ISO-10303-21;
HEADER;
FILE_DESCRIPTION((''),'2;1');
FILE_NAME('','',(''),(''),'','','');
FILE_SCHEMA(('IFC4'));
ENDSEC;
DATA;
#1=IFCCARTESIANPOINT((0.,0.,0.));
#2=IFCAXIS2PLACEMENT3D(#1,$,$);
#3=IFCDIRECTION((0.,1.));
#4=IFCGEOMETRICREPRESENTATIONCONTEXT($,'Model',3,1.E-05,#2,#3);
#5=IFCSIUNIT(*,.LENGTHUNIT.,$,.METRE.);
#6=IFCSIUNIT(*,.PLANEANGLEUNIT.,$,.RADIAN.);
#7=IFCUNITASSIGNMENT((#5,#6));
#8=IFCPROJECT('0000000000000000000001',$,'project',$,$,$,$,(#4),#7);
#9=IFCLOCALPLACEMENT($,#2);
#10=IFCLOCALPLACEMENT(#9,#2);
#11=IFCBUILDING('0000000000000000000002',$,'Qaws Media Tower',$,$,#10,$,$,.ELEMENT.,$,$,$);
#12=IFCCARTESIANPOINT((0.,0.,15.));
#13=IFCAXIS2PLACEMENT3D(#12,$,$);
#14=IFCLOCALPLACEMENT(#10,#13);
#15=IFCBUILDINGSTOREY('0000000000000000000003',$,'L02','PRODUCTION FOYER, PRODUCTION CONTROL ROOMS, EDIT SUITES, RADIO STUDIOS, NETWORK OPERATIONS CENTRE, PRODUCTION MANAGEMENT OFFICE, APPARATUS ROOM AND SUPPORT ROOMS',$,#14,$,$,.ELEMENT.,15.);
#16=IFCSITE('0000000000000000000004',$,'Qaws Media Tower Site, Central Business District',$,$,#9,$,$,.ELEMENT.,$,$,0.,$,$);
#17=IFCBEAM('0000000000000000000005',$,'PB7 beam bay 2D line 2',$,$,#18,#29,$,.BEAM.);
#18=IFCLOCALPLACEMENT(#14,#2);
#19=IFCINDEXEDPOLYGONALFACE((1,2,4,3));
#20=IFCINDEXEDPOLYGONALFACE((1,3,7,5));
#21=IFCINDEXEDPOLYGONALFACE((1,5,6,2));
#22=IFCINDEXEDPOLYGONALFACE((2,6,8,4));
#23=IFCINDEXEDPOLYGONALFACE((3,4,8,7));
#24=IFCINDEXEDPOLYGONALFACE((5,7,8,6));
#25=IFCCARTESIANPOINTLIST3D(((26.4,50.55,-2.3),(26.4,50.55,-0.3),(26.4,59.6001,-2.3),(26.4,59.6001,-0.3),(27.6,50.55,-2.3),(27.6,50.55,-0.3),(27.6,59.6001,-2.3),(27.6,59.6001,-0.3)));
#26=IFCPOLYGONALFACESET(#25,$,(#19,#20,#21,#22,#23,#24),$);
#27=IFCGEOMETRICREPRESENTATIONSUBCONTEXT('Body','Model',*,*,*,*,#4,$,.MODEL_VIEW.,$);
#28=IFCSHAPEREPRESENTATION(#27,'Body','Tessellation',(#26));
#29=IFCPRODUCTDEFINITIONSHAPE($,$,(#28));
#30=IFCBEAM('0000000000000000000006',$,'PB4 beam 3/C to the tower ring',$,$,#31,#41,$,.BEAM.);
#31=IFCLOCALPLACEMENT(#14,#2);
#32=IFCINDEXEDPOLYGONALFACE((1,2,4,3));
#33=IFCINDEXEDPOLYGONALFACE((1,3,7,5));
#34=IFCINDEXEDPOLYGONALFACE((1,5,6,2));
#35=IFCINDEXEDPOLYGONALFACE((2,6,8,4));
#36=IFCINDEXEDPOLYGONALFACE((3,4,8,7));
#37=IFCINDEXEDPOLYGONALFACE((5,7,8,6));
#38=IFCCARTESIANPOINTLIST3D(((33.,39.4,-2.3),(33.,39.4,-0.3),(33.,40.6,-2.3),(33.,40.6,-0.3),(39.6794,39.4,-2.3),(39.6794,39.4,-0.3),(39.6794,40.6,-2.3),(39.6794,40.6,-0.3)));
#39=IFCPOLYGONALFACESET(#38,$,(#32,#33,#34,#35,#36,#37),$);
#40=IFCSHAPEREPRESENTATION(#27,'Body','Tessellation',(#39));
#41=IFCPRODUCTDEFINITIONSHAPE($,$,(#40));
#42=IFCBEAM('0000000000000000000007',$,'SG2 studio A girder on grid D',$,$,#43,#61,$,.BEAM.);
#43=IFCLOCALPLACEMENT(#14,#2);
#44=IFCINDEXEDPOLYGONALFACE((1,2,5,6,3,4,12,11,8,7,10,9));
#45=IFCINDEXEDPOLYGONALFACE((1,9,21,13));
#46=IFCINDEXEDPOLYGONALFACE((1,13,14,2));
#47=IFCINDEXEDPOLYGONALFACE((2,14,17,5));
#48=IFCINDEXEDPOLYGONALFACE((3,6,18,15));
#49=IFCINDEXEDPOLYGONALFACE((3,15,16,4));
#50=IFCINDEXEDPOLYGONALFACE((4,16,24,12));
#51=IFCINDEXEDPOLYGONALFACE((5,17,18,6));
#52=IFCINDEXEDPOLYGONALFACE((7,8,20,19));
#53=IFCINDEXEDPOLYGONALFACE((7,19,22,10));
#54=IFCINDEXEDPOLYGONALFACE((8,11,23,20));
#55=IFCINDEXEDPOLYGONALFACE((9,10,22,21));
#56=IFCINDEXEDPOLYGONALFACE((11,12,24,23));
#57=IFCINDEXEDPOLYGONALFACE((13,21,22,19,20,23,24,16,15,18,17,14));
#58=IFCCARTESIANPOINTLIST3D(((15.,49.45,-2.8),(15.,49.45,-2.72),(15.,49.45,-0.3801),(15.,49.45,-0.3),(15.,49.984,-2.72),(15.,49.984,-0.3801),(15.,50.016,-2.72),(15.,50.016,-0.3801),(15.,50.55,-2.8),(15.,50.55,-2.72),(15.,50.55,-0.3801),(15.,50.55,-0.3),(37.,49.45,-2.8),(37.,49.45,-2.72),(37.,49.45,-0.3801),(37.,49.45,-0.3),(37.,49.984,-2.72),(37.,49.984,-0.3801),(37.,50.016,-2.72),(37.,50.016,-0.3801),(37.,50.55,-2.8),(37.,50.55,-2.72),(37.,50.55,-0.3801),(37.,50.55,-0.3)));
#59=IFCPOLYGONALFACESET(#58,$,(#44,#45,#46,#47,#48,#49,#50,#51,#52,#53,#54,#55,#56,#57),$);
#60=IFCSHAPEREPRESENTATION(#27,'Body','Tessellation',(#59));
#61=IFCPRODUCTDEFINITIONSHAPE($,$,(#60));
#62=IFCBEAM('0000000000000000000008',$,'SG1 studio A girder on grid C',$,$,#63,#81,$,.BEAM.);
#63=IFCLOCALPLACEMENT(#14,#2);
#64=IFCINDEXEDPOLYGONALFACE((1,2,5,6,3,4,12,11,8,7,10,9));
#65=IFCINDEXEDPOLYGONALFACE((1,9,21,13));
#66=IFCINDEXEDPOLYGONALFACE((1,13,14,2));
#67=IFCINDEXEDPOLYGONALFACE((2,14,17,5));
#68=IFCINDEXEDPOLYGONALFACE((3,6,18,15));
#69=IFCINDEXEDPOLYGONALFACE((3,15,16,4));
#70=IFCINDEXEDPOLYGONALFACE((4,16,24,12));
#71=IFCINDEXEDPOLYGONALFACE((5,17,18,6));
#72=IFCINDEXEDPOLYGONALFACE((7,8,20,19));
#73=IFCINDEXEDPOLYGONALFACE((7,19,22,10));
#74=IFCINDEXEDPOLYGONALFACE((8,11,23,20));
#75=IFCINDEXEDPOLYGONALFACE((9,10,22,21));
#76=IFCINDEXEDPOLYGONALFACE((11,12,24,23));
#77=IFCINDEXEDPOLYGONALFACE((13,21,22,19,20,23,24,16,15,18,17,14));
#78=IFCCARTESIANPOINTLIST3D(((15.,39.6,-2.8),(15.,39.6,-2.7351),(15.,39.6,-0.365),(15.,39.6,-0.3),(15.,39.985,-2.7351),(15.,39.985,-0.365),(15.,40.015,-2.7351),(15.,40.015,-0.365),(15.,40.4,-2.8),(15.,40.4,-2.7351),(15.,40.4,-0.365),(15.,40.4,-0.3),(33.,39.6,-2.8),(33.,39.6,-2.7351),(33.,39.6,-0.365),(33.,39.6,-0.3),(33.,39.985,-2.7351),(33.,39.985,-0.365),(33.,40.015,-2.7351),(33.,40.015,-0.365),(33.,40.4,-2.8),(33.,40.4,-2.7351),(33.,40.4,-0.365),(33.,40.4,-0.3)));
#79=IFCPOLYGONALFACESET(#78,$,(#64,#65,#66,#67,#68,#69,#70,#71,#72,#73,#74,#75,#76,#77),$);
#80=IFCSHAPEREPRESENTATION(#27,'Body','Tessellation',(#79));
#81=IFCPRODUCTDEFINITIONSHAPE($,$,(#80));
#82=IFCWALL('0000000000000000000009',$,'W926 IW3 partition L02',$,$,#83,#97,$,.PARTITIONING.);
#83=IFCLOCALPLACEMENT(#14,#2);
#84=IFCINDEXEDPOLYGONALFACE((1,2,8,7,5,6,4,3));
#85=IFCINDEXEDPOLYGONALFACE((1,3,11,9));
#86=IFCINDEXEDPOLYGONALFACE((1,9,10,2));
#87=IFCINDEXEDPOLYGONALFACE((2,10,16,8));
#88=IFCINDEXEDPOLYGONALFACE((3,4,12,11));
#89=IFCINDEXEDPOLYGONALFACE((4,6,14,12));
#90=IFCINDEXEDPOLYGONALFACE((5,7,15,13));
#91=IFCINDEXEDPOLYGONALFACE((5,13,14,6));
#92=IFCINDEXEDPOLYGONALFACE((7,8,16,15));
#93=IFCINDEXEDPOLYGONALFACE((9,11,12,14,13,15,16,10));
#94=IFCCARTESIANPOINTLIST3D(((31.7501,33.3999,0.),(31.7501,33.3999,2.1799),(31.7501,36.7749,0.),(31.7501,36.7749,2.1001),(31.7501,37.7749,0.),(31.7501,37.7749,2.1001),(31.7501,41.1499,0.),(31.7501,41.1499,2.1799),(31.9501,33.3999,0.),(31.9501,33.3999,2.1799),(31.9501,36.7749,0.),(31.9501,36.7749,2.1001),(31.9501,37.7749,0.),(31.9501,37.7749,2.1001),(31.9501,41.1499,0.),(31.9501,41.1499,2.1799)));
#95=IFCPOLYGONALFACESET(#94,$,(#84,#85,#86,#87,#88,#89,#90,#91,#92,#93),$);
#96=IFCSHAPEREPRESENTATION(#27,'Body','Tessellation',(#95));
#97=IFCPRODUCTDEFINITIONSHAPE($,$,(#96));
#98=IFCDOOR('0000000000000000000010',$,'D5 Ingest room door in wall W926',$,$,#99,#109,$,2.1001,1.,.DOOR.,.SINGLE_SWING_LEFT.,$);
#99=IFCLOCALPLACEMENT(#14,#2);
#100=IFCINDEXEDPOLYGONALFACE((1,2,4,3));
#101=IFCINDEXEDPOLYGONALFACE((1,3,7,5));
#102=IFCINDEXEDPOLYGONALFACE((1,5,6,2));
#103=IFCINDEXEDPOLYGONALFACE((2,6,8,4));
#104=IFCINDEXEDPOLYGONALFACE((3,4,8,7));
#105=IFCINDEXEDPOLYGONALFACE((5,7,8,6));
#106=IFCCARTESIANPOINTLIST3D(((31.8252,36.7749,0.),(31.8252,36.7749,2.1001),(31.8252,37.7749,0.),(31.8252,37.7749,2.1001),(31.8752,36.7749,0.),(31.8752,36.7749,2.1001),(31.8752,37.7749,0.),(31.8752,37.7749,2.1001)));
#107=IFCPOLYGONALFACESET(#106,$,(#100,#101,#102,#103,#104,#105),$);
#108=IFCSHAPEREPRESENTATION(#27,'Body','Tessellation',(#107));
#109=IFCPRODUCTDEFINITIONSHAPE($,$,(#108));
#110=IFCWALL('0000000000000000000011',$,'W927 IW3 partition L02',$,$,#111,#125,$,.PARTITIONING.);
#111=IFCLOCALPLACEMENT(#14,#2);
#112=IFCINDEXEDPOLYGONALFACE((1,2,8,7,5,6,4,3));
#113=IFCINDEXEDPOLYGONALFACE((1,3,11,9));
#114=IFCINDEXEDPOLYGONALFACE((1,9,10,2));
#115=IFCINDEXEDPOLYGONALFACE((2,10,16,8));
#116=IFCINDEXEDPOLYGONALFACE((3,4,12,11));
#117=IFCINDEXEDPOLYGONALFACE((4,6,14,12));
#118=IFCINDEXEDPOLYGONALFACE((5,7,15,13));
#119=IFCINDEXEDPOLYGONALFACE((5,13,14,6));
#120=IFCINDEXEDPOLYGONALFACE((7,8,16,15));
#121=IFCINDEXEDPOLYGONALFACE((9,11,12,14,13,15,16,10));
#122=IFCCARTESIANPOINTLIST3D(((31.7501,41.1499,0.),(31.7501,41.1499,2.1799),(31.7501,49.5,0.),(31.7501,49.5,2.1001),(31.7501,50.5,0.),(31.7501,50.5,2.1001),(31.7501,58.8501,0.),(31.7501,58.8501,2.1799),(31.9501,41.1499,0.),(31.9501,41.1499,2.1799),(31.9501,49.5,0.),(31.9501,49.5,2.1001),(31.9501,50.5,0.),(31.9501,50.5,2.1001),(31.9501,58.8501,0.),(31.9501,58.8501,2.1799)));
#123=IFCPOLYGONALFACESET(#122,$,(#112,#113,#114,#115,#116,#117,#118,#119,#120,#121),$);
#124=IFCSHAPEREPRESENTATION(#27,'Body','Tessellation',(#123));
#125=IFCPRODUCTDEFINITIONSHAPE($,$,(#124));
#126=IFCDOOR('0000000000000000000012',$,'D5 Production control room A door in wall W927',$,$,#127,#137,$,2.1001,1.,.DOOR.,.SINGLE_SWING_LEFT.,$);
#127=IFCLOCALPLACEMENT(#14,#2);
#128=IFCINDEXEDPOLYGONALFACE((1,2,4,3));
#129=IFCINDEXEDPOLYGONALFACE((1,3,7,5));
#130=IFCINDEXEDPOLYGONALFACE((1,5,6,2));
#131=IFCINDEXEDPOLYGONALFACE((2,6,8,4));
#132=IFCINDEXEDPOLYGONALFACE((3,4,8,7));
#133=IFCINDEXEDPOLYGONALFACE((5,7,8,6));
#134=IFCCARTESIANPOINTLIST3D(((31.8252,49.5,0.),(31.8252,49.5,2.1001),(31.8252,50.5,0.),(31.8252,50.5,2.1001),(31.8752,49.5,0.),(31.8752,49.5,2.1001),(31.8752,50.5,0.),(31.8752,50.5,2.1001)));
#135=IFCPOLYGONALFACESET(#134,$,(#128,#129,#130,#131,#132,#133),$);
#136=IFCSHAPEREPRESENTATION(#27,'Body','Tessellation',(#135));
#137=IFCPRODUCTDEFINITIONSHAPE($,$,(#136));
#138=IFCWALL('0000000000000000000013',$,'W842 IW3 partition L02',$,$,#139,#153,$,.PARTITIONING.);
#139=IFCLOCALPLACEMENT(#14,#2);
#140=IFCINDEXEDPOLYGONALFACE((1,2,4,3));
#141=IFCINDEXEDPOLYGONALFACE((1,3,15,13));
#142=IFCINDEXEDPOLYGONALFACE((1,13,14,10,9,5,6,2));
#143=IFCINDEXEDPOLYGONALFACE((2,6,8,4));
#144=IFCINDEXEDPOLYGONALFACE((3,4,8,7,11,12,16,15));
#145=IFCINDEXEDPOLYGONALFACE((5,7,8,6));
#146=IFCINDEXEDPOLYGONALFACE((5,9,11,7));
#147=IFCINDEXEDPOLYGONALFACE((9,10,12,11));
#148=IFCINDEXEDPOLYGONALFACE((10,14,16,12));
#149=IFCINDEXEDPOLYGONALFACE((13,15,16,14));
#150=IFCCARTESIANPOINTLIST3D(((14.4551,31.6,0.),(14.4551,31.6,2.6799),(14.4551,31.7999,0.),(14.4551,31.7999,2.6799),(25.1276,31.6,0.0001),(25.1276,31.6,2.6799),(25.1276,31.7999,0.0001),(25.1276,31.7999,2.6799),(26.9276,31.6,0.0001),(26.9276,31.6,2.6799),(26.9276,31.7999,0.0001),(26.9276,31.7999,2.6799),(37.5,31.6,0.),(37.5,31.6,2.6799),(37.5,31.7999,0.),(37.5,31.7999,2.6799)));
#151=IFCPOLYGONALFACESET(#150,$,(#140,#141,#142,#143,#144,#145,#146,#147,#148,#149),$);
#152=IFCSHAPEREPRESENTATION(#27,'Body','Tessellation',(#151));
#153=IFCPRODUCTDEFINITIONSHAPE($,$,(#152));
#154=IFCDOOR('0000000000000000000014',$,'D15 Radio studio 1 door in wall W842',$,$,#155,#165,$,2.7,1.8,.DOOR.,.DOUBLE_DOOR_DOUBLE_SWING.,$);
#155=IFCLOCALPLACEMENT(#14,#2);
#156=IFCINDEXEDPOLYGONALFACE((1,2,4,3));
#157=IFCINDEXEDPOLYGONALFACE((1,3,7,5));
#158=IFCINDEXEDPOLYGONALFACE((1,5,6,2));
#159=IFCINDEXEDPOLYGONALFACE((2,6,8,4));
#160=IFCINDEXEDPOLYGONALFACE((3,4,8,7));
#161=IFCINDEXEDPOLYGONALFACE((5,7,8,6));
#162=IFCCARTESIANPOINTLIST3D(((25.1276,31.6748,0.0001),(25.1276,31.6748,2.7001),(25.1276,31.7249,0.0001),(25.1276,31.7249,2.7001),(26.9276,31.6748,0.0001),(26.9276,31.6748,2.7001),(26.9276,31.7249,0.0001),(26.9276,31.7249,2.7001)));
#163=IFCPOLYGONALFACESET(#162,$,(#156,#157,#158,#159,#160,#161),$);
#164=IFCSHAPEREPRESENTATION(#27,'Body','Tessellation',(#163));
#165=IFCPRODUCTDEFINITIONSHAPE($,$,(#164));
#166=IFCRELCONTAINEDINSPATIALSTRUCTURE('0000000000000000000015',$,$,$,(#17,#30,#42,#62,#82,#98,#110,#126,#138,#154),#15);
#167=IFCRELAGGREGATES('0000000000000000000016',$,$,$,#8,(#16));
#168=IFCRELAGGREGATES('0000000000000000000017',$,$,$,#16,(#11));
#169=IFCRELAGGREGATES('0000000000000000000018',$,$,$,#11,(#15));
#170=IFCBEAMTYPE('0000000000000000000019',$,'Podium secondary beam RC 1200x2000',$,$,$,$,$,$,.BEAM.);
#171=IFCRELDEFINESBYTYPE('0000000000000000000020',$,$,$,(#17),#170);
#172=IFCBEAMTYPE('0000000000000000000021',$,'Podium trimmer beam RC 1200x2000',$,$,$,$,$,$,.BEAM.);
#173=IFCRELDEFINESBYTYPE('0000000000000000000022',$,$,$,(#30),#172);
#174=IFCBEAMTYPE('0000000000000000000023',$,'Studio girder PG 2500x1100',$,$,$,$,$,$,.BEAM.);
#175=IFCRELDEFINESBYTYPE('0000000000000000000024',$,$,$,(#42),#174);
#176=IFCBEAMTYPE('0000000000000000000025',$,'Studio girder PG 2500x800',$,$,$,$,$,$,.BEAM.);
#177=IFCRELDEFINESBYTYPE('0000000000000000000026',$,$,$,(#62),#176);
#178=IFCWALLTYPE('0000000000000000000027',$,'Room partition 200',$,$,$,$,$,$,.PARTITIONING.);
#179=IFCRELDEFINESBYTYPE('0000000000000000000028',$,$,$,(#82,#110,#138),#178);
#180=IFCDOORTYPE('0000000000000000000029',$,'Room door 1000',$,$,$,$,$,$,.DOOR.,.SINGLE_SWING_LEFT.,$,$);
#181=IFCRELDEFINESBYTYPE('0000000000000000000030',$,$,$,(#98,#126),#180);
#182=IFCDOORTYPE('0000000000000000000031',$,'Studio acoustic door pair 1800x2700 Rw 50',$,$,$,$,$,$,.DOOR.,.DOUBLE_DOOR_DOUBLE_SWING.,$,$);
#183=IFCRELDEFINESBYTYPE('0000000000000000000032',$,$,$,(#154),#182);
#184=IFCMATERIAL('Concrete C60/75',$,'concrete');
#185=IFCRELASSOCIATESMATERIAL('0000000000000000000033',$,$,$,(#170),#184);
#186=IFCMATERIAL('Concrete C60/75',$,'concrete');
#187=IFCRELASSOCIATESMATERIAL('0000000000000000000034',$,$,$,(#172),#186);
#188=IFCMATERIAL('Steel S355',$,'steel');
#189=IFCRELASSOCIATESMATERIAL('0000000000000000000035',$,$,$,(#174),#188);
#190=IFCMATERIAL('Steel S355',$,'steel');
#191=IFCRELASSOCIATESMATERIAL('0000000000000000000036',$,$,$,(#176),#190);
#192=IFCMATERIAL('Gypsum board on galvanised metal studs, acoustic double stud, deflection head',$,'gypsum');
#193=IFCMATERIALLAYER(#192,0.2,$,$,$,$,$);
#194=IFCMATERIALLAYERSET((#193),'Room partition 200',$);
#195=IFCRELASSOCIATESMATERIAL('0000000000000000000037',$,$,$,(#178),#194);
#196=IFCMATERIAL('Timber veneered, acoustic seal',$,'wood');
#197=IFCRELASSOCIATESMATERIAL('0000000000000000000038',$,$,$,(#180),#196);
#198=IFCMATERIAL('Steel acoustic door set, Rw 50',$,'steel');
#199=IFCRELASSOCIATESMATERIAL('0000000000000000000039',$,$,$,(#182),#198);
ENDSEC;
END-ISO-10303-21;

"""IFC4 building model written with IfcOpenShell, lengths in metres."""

from ifc_helpers import new_model, si_unit, direction, frame, frame_2d, origin, origin_2d, place, context, subcontext, project, spatial, rectangle, i_section, extrude, material, layer, layer_set, material_profile, profile_set, type_object, element, fill, save


model = new_model("IFC4")

# Units and contexts
model_context = context("Model", 3, precision=1e-05, world=origin(), true_north=direction((0.0, 1.0)))
body_context = subcontext(model_context, "Body", "Model", "MODEL_VIEW")
ifc_project = project(units=[si_unit("LENGTHUNIT", "METRE"), si_unit("PLANEANGLEUNIT", "RADIAN")], contexts=[model_context])

# Site, building, storey
site_placement = place(None, origin())
site = spatial("IfcSite", under=ifc_project, at=site_placement, Name="Qaws Media Tower Site, Central Business District", CompositionType="ELEMENT", RefElevation=0.0)
building_placement = place(site_placement, origin())
building = spatial("IfcBuilding", under=site, at=building_placement, Name="Qaws Media Tower", CompositionType="ELEMENT")
storey_placement = place(building_placement, frame((0.0, 0.0, 15.0)))
storey = spatial("IfcBuildingStorey", under=building, at=storey_placement, Name="L02", Description="PRODUCTION FOYER, PRODUCTION CONTROL ROOMS, EDIT SUITES, RADIO STUDIOS, NETWORK OPERATIONS CENTRE, PRODUCTION MANAGEMENT OFFICE, APPARATUS ROOM AND SUPPORT ROOMS", CompositionType="ELEMENT", Elevation=15.0)

# Beams
ifc_material_1 = material(Name="Concrete C60/75", Category="concrete")
ifc_material_profile_1 = material_profile(ifc_material_1, rectangle(XDim=1.2, YDim=2.0, at=origin_2d()), Name="RC 1200x2000")
ifc_profile_set_1 = profile_set([ifc_material_profile_1], Name="Concrete C60/75")
beam_type_1 = type_object("IfcBeamType", Name="Podium secondary beam RC 1200x2000", PredefinedType="BEAM", material=ifc_profile_set_1)
for number, where, z_axis, x_axis, name in (
    (1, (27.0, 50.55, -1.3), (0.0, 1.0, 0.0), (-1.0, 0.0, 0.0), "PB7 beam bay 2D line 2"),
):
    element("IfcBeam", number, at=place(storey_placement, frame(where, z_axis=z_axis, x_axis=x_axis)), inside=storey, type_object=beam_type_1, Name=name, PredefinedType="BEAM", context=body_context, shape_type="SweptSolid", body=[
        extrude(rectangle(XDim=1.2, YDim=2.0, at=origin_2d()), origin(), (0.0, 0.0, 1.0), 9.05),
    ])
ifc_material_2 = material(Name="Concrete C60/75", Category="concrete")
ifc_material_profile_2 = material_profile(ifc_material_2, rectangle(XDim=1.2, YDim=2.0, at=origin_2d()), Name="RC 1200x2000")
ifc_profile_set_2 = profile_set([ifc_material_profile_2], Name="Concrete C60/75")
beam_type_2 = type_object("IfcBeamType", Name="Podium trimmer beam RC 1200x2000", PredefinedType="BEAM", material=ifc_profile_set_2)
beam_1_placement = place(storey_placement, frame((33.0, 40.0, -1.3), z_axis=(1.0, 0.0, 0.0), x_axis=(0.0, 1.0, 0.0)))
element("IfcBeam", 2, at=beam_1_placement, inside=storey, type_object=beam_type_2, Name="PB4 beam 3/C to the tower ring", PredefinedType="BEAM", context=body_context, shape_type="SweptSolid", body=[
    extrude(rectangle(XDim=1.2, YDim=2.0, at=origin_2d()), origin(), (0.0, 0.0, 1.0), 6.6794),
])
ifc_material_3 = material(Name="Steel S355", Category="steel")
ifc_material_profile_3 = material_profile(ifc_material_3, i_section(OverallWidth=1.1001, OverallDepth=2.5, WebThickness=0.032, FlangeThickness=0.0801, at=origin_2d()), Name="PG 2500x1100")
ifc_profile_set_3 = profile_set([ifc_material_profile_3], Name="Steel S355")
beam_type_3 = type_object("IfcBeamType", Name="Studio girder PG 2500x1100", PredefinedType="BEAM", material=ifc_profile_set_3)
beam_2_placement = place(storey_placement, frame((15.0, 50.0, -1.55), z_axis=(1.0, 0.0, 0.0), x_axis=(0.0, 1.0, 0.0)))
element("IfcBeam", 3, at=beam_2_placement, inside=storey, type_object=beam_type_3, Name="SG2 studio A girder on grid D", PredefinedType="BEAM", context=body_context, shape_type="SweptSolid", body=[
    extrude(i_section(OverallWidth=1.1001, OverallDepth=2.5, WebThickness=0.032, FlangeThickness=0.0801, at=origin_2d()), origin(), (0.0, 0.0, 1.0), 22.0),
])
ifc_material_4 = material(Name="Steel S355", Category="steel")
ifc_material_profile_4 = material_profile(ifc_material_4, i_section(OverallWidth=0.8, OverallDepth=2.5, WebThickness=0.03, FlangeThickness=0.0649, at=origin_2d()), Name="PG 2500x800")
ifc_profile_set_4 = profile_set([ifc_material_profile_4], Name="Steel S355")
beam_type_4 = type_object("IfcBeamType", Name="Studio girder PG 2500x800", PredefinedType="BEAM", material=ifc_profile_set_4)
beam_3_placement = place(storey_placement, frame((15.0, 40.0, -1.55), z_axis=(1.0, 0.0, 0.0), x_axis=(0.0, 1.0, 0.0)))
element("IfcBeam", 4, at=beam_3_placement, inside=storey, type_object=beam_type_4, Name="SG1 studio A girder on grid C", PredefinedType="BEAM", context=body_context, shape_type="SweptSolid", body=[
    extrude(i_section(OverallWidth=0.8, OverallDepth=2.5, WebThickness=0.03, FlangeThickness=0.0649, at=origin_2d()), origin(), (0.0, 0.0, 1.0), 18.0),
])

# Walls, openings, doors
ifc_material_5 = material(Name="Gypsum board on galvanised metal studs, acoustic double stud, deflection head", Category="gypsum")
ifc_layer = layer(ifc_material_5, 0.2)
ifc_layer_set = layer_set([ifc_layer], Name="Room partition 200")
wall_type = type_object("IfcWallType", Name="Room partition 200", PredefinedType="PARTITIONING", material=ifc_layer_set)
wall_1_placement = place(storey_placement, frame((31.8501, 33.3999, 0.0), z_axis=(0.0, 0.0, 1.0), x_axis=(0.0, 1.0, 0.0)))
wall_1 = element("IfcWall", 5, at=wall_1_placement, inside=storey, type_object=wall_type, Name="W926 IW3 partition L02", PredefinedType="PARTITIONING", context=body_context, shape_type="SweptSolid", body=[
    extrude(rectangle(XDim=7.75, YDim=0.2, at=frame_2d((3.875, 0.0))), origin(), (0.0, 0.0, 1.0), 2.1799),
])
opening_1_placement = place(wall_1_placement, frame((3.375, 0.0, 0.0)))
opening_1 = element("IfcOpeningElement", 6, at=opening_1_placement, cuts=wall_1, PredefinedType="OPENING", context=body_context, shape_type="SweptSolid", body=[
    extrude(rectangle(XDim=1.0, YDim=2.1001, at=frame_2d((0.5, 1.05))), frame((0.0, 0.1099, 0.0), z_axis=(0.0, -1.0, 0.0), x_axis=(1.0, 0.0, 0.0)), (0.0, 0.0, 1.0), 0.22),
])
ifc_material_6 = material(Name="Timber veneered, acoustic seal", Category="wood")
door_type_1 = type_object("IfcDoorType", Name="Room door 1000", OperationType="SINGLE_SWING_LEFT", PredefinedType="DOOR", material=ifc_material_6)
door_1_placement = place(opening_1_placement, origin())
door_1 = element("IfcDoor", 7, at=door_1_placement, inside=storey, type_object=door_type_1, Name="D5 Ingest room door in wall W926", OperationType="SINGLE_SWING_LEFT", OverallHeight=2.1001, OverallWidth=1.0, PredefinedType="DOOR", context=body_context, shape_type="SweptSolid", body=[
    extrude(rectangle(XDim=1.0, YDim=2.1001, at=frame_2d((0.5, 1.05))), frame((0.0, 0.0249, 0.0), z_axis=(0.0, -1.0, 0.0), x_axis=(1.0, 0.0, 0.0)), (0.0, 0.0, 1.0), 0.05),
])
fill(opening_1, door_1)
wall_2_placement = place(storey_placement, frame((31.8501, 41.1499, 0.0), z_axis=(0.0, 0.0, 1.0), x_axis=(0.0, 1.0, 0.0)))
wall_2 = element("IfcWall", 8, at=wall_2_placement, inside=storey, type_object=wall_type, Name="W927 IW3 partition L02", PredefinedType="PARTITIONING", context=body_context, shape_type="SweptSolid", body=[
    extrude(rectangle(XDim=17.7002, YDim=0.2, at=frame_2d((8.8501, 0.0))), origin(), (0.0, 0.0, 1.0), 2.1799),
])
opening_2_placement = place(wall_2_placement, frame((8.3501, 0.0, 0.0)))
opening_2 = element("IfcOpeningElement", 9, at=opening_2_placement, cuts=wall_2, PredefinedType="OPENING", context=body_context, shape_type="SweptSolid", body=[
    extrude(rectangle(XDim=1.0, YDim=2.1001, at=frame_2d((0.5, 1.05))), frame((0.0, 0.1099, 0.0), z_axis=(0.0, -1.0, 0.0), x_axis=(1.0, 0.0, 0.0)), (0.0, 0.0, 1.0), 0.22),
])
door_2_placement = place(opening_2_placement, origin())
door_2 = element("IfcDoor", 10, at=door_2_placement, inside=storey, type_object=door_type_1, Name="D5 Production control room A door in wall W927", OperationType="SINGLE_SWING_LEFT", OverallHeight=2.1001, OverallWidth=1.0, PredefinedType="DOOR", context=body_context, shape_type="SweptSolid", body=[
    extrude(rectangle(XDim=1.0, YDim=2.1001, at=frame_2d((0.5, 1.05))), frame((0.0, 0.0249, 0.0), z_axis=(0.0, -1.0, 0.0), x_axis=(1.0, 0.0, 0.0)), (0.0, 0.0, 1.0), 0.05),
])
fill(opening_2, door_2)
wall_3_placement = place(storey_placement, frame((14.4551, 31.7, 0.0), z_axis=(0.0, 0.0, 1.0), x_axis=(1.0, 0.0, 0.0)))
wall_3 = element("IfcWall", 11, at=wall_3_placement, inside=storey, type_object=wall_type, Name="W842 IW3 partition L02", PredefinedType="PARTITIONING", context=body_context, shape_type="SweptSolid", body=[
    extrude(rectangle(XDim=23.0449, YDim=0.2, at=frame_2d((11.5225, 0.0))), origin(), (0.0, 0.0, 1.0), 2.6799),
])
opening_3_placement = place(wall_3_placement, frame((10.6726, 0.0, 0.0)))
opening_3 = element("IfcOpeningElement", 12, at=opening_3_placement, cuts=wall_3, PredefinedType="OPENING", context=body_context, shape_type="SweptSolid", body=[
    extrude(rectangle(XDim=1.8, YDim=2.7, at=frame_2d((0.8999, 1.3501))), frame((0.0, 0.1099, 0.0), z_axis=(0.0, -1.0, 0.0), x_axis=(1.0, 0.0, 0.0)), (0.0, 0.0, 1.0), 0.22),
])
ifc_material_7 = material(Name="Steel acoustic door set, Rw 50", Category="steel")
door_type_2 = type_object("IfcDoorType", Name="Studio acoustic door pair 1800x2700 Rw 50", OperationType="DOUBLE_DOOR_DOUBLE_SWING", PredefinedType="DOOR", material=ifc_material_7)
door_3_placement = place(opening_3_placement, origin())
door_3 = element("IfcDoor", 13, at=door_3_placement, inside=storey, type_object=door_type_2, Name="D15 Radio studio 1 door in wall W842", OperationType="DOUBLE_DOOR_DOUBLE_SWING", OverallHeight=2.7, OverallWidth=1.8, PredefinedType="DOOR", context=body_context, shape_type="SweptSolid", body=[
    extrude(rectangle(XDim=1.8, YDim=2.7, at=frame_2d((0.8999, 1.3501))), frame((0.0, 0.0249, 0.0), z_axis=(0.0, -1.0, 0.0), x_axis=(1.0, 0.0, 0.0)), (0.0, 0.0, 1.0), 0.05),
])
fill(opening_3, door_3)

save(model, "model.ifc")
